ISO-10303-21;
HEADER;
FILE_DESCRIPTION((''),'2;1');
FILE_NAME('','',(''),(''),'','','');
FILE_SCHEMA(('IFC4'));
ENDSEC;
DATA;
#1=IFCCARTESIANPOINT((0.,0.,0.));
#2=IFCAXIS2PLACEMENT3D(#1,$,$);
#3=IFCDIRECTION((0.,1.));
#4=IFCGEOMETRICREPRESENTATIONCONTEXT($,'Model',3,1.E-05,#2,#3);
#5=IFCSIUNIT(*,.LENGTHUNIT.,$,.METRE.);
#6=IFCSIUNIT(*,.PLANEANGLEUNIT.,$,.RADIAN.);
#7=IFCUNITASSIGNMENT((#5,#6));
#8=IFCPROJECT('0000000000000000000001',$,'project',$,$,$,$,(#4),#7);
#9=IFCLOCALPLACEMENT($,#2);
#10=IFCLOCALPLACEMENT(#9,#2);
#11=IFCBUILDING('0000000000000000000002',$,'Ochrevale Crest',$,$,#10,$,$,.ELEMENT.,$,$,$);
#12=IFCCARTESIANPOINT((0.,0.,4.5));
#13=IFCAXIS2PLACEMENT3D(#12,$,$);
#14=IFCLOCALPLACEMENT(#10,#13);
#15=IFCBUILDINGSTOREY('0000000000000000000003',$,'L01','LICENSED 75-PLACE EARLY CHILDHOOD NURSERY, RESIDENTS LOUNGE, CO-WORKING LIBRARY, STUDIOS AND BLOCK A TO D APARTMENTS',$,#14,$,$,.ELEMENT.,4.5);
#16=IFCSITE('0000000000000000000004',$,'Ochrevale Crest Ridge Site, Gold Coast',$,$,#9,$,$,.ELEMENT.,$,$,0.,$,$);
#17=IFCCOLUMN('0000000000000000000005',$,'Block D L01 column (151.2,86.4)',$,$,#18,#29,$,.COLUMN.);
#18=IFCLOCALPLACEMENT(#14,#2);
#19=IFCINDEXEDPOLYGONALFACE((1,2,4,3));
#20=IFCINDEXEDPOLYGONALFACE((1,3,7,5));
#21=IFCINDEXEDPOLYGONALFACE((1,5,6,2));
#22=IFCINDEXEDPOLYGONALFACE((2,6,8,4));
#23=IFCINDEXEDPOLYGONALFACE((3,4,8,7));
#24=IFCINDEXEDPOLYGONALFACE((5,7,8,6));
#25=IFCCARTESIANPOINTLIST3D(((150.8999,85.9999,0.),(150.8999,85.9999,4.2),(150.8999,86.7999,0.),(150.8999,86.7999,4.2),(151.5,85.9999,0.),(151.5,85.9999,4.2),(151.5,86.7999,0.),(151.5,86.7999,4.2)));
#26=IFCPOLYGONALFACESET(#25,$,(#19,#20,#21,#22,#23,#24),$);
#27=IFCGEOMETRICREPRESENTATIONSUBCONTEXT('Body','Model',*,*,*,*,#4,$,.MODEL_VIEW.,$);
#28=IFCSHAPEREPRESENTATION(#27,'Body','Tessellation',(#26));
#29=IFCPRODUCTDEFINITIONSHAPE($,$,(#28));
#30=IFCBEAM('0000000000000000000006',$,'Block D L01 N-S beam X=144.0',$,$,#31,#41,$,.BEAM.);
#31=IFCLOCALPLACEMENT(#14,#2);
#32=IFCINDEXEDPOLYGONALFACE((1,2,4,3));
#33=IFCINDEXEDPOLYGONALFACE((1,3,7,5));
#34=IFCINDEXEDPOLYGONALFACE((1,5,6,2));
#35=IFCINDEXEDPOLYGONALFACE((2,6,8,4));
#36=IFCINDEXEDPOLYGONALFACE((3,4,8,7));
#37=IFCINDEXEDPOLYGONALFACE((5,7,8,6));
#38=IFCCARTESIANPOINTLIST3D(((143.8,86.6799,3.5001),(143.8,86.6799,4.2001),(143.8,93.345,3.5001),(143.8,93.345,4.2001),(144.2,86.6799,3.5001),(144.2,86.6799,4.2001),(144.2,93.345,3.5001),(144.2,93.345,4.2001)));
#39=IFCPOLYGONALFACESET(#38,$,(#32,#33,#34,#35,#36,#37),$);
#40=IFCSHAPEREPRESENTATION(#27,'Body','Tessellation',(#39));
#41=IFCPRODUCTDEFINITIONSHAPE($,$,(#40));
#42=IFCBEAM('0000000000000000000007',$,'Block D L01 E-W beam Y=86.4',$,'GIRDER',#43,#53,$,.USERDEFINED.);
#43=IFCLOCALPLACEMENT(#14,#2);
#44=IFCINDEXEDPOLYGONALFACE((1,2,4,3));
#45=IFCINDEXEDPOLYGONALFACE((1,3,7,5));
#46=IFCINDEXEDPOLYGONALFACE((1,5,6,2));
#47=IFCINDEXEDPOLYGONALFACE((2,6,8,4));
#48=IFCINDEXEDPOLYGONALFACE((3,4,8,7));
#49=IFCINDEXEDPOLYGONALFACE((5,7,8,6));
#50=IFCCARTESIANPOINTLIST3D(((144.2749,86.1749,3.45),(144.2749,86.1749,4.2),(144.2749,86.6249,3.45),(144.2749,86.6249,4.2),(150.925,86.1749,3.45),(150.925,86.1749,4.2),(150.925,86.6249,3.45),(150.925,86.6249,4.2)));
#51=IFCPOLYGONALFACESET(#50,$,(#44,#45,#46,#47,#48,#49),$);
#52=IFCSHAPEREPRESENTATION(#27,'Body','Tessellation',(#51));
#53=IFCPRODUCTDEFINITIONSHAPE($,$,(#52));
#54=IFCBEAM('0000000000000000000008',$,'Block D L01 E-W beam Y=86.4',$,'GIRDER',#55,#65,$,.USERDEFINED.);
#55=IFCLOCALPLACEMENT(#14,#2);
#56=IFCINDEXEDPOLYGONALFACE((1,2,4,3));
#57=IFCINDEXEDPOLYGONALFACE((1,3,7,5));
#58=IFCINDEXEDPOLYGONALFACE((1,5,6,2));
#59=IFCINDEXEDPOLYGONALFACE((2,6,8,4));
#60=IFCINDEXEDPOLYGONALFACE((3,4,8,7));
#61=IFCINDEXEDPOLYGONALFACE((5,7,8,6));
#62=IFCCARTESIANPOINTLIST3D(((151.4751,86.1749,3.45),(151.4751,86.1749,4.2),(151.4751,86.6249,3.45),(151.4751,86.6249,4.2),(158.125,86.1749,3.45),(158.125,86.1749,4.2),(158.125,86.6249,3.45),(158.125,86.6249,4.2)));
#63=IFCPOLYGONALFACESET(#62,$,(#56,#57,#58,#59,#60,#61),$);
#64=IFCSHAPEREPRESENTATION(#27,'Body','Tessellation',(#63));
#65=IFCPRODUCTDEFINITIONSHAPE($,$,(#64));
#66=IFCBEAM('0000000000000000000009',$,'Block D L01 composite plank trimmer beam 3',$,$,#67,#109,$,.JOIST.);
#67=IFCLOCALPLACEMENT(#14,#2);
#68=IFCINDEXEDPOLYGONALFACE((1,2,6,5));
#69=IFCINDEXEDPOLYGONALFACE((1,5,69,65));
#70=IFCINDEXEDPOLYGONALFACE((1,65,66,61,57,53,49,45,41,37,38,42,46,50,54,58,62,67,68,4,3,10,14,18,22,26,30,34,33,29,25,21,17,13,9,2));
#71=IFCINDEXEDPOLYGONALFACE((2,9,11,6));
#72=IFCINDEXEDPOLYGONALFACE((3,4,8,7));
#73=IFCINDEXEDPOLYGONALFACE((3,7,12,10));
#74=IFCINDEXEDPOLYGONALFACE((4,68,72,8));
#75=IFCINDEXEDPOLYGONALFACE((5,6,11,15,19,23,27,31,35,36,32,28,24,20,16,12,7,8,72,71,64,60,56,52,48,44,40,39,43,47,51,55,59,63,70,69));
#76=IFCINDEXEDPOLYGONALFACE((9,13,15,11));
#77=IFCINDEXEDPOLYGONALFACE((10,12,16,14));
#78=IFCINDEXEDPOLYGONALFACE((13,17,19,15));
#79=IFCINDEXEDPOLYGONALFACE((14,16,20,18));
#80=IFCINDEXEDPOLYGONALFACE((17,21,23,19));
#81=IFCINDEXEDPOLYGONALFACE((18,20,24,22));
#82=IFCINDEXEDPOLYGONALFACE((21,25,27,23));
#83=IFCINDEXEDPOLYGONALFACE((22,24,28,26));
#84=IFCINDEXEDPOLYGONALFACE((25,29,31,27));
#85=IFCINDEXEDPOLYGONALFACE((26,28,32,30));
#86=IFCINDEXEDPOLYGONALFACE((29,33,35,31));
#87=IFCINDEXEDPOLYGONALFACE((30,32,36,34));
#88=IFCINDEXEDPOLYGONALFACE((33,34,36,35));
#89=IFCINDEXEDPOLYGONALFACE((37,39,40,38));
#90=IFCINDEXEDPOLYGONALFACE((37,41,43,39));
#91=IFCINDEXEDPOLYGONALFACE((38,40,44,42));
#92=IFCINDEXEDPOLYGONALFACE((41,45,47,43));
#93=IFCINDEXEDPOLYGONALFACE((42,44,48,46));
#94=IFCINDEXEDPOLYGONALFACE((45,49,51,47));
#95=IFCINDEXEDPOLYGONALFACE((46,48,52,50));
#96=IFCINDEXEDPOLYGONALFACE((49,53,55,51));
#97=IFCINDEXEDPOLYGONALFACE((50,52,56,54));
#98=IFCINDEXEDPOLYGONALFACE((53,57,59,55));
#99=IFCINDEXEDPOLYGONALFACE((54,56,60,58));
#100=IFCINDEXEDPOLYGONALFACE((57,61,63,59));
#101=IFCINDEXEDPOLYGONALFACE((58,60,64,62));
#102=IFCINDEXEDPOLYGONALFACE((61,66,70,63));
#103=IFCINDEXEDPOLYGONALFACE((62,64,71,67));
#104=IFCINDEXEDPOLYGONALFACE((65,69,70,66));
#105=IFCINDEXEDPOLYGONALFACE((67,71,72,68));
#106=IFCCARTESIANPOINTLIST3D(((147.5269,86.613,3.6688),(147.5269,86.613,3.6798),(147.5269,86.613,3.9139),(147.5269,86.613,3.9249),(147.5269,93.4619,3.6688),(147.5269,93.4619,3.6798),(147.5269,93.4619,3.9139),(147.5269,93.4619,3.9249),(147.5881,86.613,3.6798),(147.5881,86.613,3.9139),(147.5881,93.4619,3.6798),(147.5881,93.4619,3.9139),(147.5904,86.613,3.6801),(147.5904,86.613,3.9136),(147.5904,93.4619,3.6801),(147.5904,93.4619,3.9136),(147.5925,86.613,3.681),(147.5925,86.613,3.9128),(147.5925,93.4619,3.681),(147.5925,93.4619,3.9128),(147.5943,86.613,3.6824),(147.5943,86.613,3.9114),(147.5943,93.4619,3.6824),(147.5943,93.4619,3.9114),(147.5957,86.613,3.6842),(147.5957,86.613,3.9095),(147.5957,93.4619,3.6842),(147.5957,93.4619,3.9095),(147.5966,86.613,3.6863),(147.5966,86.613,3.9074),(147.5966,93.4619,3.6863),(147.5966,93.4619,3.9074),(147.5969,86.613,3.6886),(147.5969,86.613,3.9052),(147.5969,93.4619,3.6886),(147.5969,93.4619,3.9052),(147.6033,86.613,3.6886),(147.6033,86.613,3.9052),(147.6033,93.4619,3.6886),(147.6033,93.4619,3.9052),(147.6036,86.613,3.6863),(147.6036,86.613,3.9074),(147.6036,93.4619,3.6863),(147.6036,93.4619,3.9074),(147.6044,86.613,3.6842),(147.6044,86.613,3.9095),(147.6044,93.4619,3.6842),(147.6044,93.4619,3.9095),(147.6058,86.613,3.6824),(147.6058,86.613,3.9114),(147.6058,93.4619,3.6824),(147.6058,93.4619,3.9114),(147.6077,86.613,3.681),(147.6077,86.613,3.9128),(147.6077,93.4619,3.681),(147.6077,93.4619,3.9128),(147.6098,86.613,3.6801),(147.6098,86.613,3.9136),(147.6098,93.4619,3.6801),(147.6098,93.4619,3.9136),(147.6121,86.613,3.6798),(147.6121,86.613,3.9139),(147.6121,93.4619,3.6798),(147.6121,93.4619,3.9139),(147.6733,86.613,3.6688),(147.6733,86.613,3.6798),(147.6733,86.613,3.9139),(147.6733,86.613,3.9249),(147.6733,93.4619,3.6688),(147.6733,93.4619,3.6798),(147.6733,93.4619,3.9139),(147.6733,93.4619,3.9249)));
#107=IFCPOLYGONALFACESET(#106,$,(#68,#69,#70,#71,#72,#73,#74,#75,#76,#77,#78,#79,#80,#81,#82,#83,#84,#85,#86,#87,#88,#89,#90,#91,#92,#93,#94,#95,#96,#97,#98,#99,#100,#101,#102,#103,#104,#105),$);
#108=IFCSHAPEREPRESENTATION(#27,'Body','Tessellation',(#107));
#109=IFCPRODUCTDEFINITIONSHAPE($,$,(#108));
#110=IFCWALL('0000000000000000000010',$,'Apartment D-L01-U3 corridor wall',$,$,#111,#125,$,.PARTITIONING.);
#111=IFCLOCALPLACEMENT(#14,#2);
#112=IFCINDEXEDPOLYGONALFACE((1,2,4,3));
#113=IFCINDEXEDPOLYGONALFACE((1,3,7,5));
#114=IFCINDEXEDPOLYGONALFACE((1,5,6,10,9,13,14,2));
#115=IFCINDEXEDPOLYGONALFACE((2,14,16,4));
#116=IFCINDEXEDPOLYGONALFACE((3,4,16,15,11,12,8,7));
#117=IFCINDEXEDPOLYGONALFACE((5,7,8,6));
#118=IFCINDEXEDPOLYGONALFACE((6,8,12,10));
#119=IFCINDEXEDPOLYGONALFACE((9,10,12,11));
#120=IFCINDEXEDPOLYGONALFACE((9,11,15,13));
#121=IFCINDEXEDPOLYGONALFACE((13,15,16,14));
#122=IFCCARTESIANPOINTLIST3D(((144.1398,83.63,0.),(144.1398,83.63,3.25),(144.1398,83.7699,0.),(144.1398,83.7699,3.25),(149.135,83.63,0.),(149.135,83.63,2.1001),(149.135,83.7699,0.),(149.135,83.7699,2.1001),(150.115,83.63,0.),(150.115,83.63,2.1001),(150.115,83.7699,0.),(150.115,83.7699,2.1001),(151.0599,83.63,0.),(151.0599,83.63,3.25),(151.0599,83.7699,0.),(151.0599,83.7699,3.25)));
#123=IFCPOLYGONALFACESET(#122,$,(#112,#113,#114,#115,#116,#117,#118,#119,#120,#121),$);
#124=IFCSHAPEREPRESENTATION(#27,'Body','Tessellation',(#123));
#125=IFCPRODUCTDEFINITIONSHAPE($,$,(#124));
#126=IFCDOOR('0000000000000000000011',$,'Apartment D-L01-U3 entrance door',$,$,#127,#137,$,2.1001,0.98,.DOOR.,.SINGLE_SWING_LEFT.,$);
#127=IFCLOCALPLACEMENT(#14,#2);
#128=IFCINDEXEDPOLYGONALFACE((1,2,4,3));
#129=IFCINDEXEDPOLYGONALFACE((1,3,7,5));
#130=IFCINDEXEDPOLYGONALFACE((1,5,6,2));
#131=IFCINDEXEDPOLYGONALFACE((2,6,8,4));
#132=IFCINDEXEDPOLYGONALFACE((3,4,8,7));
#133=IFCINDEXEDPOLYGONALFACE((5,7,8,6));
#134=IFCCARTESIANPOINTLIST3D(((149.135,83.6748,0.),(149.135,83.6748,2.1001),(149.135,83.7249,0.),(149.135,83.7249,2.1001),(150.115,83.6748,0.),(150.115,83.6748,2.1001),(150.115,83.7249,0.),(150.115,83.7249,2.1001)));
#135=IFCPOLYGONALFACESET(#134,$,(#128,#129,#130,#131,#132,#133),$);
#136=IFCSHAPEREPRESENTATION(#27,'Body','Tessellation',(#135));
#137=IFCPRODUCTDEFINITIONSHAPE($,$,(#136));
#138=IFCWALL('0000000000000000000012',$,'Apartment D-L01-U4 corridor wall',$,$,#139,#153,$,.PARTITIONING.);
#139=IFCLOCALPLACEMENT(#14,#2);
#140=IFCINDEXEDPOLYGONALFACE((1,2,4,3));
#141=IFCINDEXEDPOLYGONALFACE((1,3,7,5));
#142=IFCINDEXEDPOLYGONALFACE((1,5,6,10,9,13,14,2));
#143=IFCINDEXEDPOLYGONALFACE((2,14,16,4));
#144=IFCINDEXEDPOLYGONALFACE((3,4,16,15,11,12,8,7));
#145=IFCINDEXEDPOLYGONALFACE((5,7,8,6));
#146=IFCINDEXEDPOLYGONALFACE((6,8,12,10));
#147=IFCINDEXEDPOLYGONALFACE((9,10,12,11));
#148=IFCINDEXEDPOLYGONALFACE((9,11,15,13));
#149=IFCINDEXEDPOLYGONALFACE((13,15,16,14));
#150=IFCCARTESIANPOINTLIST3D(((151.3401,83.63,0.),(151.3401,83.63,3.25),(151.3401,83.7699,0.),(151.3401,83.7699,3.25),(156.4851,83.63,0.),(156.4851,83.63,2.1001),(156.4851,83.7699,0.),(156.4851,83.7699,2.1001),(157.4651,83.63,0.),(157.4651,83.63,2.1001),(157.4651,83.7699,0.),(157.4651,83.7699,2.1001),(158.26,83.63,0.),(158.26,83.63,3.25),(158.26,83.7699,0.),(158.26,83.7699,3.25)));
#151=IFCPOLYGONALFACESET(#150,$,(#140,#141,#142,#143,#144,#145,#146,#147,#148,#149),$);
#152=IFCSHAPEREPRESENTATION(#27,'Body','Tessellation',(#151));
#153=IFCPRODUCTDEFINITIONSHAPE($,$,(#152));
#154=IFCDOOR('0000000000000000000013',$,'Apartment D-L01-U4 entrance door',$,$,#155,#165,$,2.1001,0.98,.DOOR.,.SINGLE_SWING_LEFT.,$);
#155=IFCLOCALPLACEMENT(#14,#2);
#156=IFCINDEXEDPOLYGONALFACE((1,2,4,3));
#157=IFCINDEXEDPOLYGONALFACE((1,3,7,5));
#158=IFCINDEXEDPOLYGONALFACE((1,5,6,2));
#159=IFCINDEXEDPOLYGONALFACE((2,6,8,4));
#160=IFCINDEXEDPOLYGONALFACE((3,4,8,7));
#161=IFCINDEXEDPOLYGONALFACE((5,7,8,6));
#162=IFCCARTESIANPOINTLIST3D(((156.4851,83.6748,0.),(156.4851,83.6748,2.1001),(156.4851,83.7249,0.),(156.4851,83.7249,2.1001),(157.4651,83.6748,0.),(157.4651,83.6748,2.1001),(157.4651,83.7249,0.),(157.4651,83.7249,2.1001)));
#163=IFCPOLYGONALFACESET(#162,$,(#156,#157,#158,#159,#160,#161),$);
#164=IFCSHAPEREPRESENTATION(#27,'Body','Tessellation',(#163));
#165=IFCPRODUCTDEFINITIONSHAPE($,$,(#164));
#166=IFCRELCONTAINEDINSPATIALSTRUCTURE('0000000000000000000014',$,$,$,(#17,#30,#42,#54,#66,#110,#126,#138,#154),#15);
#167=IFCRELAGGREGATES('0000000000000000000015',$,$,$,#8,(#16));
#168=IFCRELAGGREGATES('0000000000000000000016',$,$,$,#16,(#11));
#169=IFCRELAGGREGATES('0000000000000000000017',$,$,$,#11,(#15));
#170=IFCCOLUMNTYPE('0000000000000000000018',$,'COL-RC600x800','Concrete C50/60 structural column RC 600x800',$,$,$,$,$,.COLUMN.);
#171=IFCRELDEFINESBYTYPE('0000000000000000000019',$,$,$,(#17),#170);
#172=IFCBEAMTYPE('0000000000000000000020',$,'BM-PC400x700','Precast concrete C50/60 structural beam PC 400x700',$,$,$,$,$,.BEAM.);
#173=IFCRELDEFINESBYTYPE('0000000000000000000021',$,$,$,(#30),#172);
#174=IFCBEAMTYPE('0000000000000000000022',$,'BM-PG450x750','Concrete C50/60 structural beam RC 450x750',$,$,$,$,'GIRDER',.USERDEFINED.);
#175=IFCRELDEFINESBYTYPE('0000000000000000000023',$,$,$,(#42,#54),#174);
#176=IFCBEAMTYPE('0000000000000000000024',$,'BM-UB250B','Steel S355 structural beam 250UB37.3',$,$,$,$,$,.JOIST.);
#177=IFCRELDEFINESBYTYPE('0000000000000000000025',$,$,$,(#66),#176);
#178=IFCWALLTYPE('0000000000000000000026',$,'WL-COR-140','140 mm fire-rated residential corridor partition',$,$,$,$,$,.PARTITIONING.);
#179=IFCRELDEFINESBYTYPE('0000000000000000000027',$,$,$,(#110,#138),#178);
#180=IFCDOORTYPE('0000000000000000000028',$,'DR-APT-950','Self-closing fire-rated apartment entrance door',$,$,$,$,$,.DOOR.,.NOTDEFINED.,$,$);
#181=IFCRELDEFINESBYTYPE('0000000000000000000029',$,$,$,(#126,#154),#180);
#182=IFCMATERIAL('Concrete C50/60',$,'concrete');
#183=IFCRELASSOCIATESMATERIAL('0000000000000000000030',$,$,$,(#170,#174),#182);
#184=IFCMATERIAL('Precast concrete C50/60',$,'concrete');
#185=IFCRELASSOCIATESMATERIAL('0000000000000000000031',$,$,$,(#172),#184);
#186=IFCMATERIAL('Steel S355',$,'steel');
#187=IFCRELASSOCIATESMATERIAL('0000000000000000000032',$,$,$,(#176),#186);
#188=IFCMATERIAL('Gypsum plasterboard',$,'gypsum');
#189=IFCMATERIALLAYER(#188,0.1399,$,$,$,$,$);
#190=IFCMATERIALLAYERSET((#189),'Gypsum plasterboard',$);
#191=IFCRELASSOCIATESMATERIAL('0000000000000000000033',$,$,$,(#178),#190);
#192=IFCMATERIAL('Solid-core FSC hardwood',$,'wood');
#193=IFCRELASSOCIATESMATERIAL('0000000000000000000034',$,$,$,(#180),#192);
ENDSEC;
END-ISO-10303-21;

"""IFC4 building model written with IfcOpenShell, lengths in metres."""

from ifc_helpers import new_model, si_unit, direction, frame, frame_2d, origin, origin_2d, place, context, subcontext, project, spatial, rectangle, i_section, extrude, material, layer, layer_set, material_profile, profile_set, type_object, element, fill, save


model = new_model("IFC4")

# Units and contexts
model_context = context("Model", 3, precision=1e-05, world=origin(), true_north=direction((0.0, 1.0)))
body_context = subcontext(model_context, "Body", "Model", "MODEL_VIEW")
ifc_project = project(units=[si_unit("LENGTHUNIT", "METRE"), si_unit("PLANEANGLEUNIT", "RADIAN")], contexts=[model_context])

# Site, building, storey
site_placement = place(None, origin())
site = spatial("IfcSite", under=ifc_project, at=site_placement, Name="Ochrevale Crest Ridge Site, Gold Coast", CompositionType="ELEMENT", RefElevation=0.0)
building_placement = place(site_placement, origin())
building = spatial("IfcBuilding", under=site, at=building_placement, Name="Ochrevale Crest", CompositionType="ELEMENT")
storey_placement = place(building_placement, frame((0.0, 0.0, 4.5)))
storey = spatial("IfcBuildingStorey", under=building, at=storey_placement, Name="L01", Description="LICENSED 75-PLACE EARLY CHILDHOOD NURSERY, RESIDENTS LOUNGE, CO-WORKING LIBRARY, STUDIOS AND BLOCK A TO D APARTMENTS", CompositionType="ELEMENT", Elevation=4.5)

# Column
ifc_material_1 = material(Name="Concrete C50/60", Category="concrete")
ifc_material_profile_1 = material_profile(ifc_material_1, rectangle(XDim=0.6001, YDim=0.8, at=origin_2d()), Name="RC 600x800")
ifc_profile_set_1 = profile_set([ifc_material_profile_1], Name="Concrete C50/60")
column_type = type_object("IfcColumnType", Name="COL-RC600x800", Description="Concrete C50/60 structural column RC 600x800", PredefinedType="COLUMN", material=ifc_profile_set_1)
column_placement = place(storey_placement, frame((151.2, 86.3999, 0.0), z_axis=(0.0, 0.0, 1.0), x_axis=(1.0, 0.0, 0.0)))
element("IfcColumn", 1, at=column_placement, inside=storey, type_object=column_type, Name="Block D L01 column (151.2,86.4)", PredefinedType="COLUMN", context=body_context, shape_type="SweptSolid", body=[
    extrude(rectangle(XDim=0.6001, YDim=0.8, at=origin_2d()), origin(), (0.0, 0.0, 1.0), 4.2),
])

# Beams
ifc_material_2 = material(Name="Precast concrete C50/60", Category="concrete")
ifc_material_profile_2 = material_profile(ifc_material_2, rectangle(XDim=0.3999, YDim=0.7, at=origin_2d()), Name="PC 400x700")
ifc_profile_set_2 = profile_set([ifc_material_profile_2], Name="Precast concrete C50/60")
beam_type_1 = type_object("IfcBeamType", Name="BM-PC400x700", Description="Precast concrete C50/60 structural beam PC 400x700", PredefinedType="BEAM", material=ifc_profile_set_2)
beam_1_placement = place(storey_placement, frame((144.0, 86.6799, 3.8501), z_axis=(0.0, 1.0, 0.0), x_axis=(-1.0, 0.0, 0.0)))
element("IfcBeam", 2, at=beam_1_placement, inside=storey, type_object=beam_type_1, Name="Block D L01 N-S beam X=144.0", PredefinedType="BEAM", context=body_context, shape_type="SweptSolid", body=[
    extrude(rectangle(XDim=0.3999, YDim=0.7, at=origin_2d()), origin(), (0.0, 0.0, 1.0), 6.665),
])
ifc_material_profile_3 = material_profile(ifc_material_1, rectangle(XDim=0.45, YDim=0.75, at=origin_2d()), Name="RC 450x750")
ifc_profile_set_3 = profile_set([ifc_material_profile_3], Name="Concrete C50/60")
beam_type_2 = type_object("IfcBeamType", Name="BM-PG450x750", Description="Concrete C50/60 structural beam RC 450x750", ElementType="GIRDER", PredefinedType="USERDEFINED", material=ifc_profile_set_3)
beam_2_placement = place(storey_placement, frame((144.2749, 86.3999, 3.825), z_axis=(1.0, 0.0, 0.0), x_axis=(0.0, 1.0, 0.0)))
element("IfcBeam", 3, at=beam_2_placement, inside=storey, type_object=beam_type_2, Name="Block D L01 E-W beam Y=86.4", ObjectType="GIRDER", PredefinedType="USERDEFINED", context=body_context, shape_type="SweptSolid", body=[
    extrude(rectangle(XDim=0.45, YDim=0.75, at=origin_2d()), origin(), (0.0, 0.0, 1.0), 6.6501),
])
beam_3_placement = place(storey_placement, frame((151.4751, 86.3999, 3.825), z_axis=(1.0, 0.0, 0.0), x_axis=(0.0, 1.0, 0.0)))
element("IfcBeam", 4, at=beam_3_placement, inside=storey, type_object=beam_type_2, Name="Block D L01 E-W beam Y=86.4", ObjectType="GIRDER", PredefinedType="USERDEFINED", context=body_context, shape_type="SweptSolid", body=[
    extrude(rectangle(XDim=0.45, YDim=0.75, at=origin_2d()), origin(), (0.0, 0.0, 1.0), 6.6499),
])
ifc_material_3 = material(Name="Steel S355", Category="steel")
ifc_material_profile_4 = material_profile(ifc_material_3, i_section(OverallWidth=0.1465, OverallDepth=0.2561, WebThickness=0.0063, FlangeThickness=0.011, FilletRadius=0.0088, at=origin_2d()), Name="250UB37.3")
ifc_profile_set_4 = profile_set([ifc_material_profile_4], Name="Steel S355")
beam_type_3 = type_object("IfcBeamType", Name="BM-UB250B", Description="Steel S355 structural beam 250UB37.3", PredefinedType="JOIST", material=ifc_profile_set_4)
beam_4_placement = place(storey_placement, frame((147.6001, 86.613, 3.7969), z_axis=(0.0, 1.0, 0.0), x_axis=(-1.0, 0.0, 0.0)))
element("IfcBeam", 5, at=beam_4_placement, inside=storey, type_object=beam_type_3, Name="Block D L01 composite plank trimmer beam 3", PredefinedType="JOIST", context=body_context, shape_type="SweptSolid", body=[
    extrude(i_section(OverallWidth=0.1465, OverallDepth=0.2561, WebThickness=0.0063, FlangeThickness=0.011, FilletRadius=0.0088, at=origin_2d()), origin(), (0.0, 0.0, 1.0), 6.8489),
])

# Walls, openings, doors
ifc_material_4 = material(Name="Gypsum plasterboard", Category="gypsum")
ifc_layer_1 = layer(ifc_material_4, 0.1399)
ifc_layer_set_1 = layer_set([ifc_layer_1], Name="Gypsum plasterboard")
wall_type_1 = type_object("IfcWallType", Name="WL-COR-140", Description="140 mm fire-rated residential corridor partition", PredefinedType="PARTITIONING", material=ifc_layer_set_1)
wall_1_placement = place(storey_placement, frame((144.1399, 83.7, 0.0), z_axis=(0.0, 0.0, 1.0), x_axis=(1.0, 0.0, 0.0)))
wall_1 = element("IfcWall", 6, at=wall_1_placement, inside=storey, type_object=wall_type_1, Name="Apartment D-L01-U3 corridor wall", PredefinedType="PARTITIONING", context=body_context, shape_type="SweptSolid", body=[
    extrude(rectangle(XDim=6.9202, YDim=0.1399, at=frame_2d((3.46, 0.0))), origin(), (0.0, 0.0, 1.0), 3.25),
])
opening_1_placement = place(wall_1_placement, frame((4.9951, 0.0, 0.0)))
opening_1 = element("IfcOpeningElement", 7, at=opening_1_placement, cuts=wall_1, PredefinedType="OPENING", context=body_context, shape_type="SweptSolid", body=[
    extrude(rectangle(XDim=0.98, YDim=2.1001, at=frame_2d((0.49, 1.05))), frame((0.0, 0.0801, 0.0), z_axis=(0.0, -1.0, 0.0), x_axis=(1.0, 0.0, 0.0)), (0.0, 0.0, 1.0), 0.1599),
])
ifc_material_5 = material(Name="Solid-core FSC hardwood", Category="wood")
door_type_1 = type_object("IfcDoorType", Name="DR-APT-950", Description="Self-closing fire-rated apartment entrance door", OperationType="NOTDEFINED", PredefinedType="DOOR", material=ifc_material_5)
door_1_placement = place(opening_1_placement, origin())
door_1 = element("IfcDoor", 8, at=door_1_placement, inside=storey, type_object=door_type_1, Name="Apartment D-L01-U3 entrance door", OperationType="SINGLE_SWING_LEFT", OverallHeight=2.1001, OverallWidth=0.98, PredefinedType="DOOR", context=body_context, shape_type="SweptSolid", body=[
    extrude(rectangle(XDim=0.98, YDim=2.1001, at=frame_2d((0.49, 1.05))), frame((0.0, 0.0249, 0.0), z_axis=(0.0, -1.0, 0.0), x_axis=(1.0, 0.0, 0.0)), (0.0, 0.0, 1.0), 0.05),
])
fill(opening_1, door_1)
wall_2_placement = place(storey_placement, frame((151.3401, 83.7, 0.0), z_axis=(0.0, 0.0, 1.0), x_axis=(1.0, 0.0, 0.0)))
wall_2 = element("IfcWall", 9, at=wall_2_placement, inside=storey, type_object=wall_type_1, Name="Apartment D-L01-U4 corridor wall", PredefinedType="PARTITIONING", context=body_context, shape_type="SweptSolid", body=[
    extrude(rectangle(XDim=6.9199, YDim=0.1399, at=frame_2d((3.46, 0.0))), origin(), (0.0, 0.0, 1.0), 3.25),
])
opening_2_placement = place(wall_2_placement, frame((5.145, 0.0, 0.0)))
opening_2 = element("IfcOpeningElement", 10, at=opening_2_placement, cuts=wall_2, PredefinedType="OPENING", context=body_context, shape_type="SweptSolid", body=[
    extrude(rectangle(XDim=0.98, YDim=2.1001, at=frame_2d((0.49, 1.05))), frame((0.0, 0.0801, 0.0), z_axis=(0.0, -1.0, 0.0), x_axis=(1.0, 0.0, 0.0)), (0.0, 0.0, 1.0), 0.1599),
])
door_2_placement = place(opening_2_placement, origin())
door_2 = element("IfcDoor", 11, at=door_2_placement, inside=storey, type_object=door_type_1, Name="Apartment D-L01-U4 entrance door", OperationType="SINGLE_SWING_LEFT", OverallHeight=2.1001, OverallWidth=0.98, PredefinedType="DOOR", context=body_context, shape_type="SweptSolid", body=[
    extrude(rectangle(XDim=0.98, YDim=2.1001, at=frame_2d((0.49, 1.05))), frame((0.0, 0.0249, 0.0), z_axis=(0.0, -1.0, 0.0), x_axis=(1.0, 0.0, 0.0)), (0.0, 0.0, 1.0), 0.05),
])
fill(opening_2, door_2)

save(model, "model.ifc")
